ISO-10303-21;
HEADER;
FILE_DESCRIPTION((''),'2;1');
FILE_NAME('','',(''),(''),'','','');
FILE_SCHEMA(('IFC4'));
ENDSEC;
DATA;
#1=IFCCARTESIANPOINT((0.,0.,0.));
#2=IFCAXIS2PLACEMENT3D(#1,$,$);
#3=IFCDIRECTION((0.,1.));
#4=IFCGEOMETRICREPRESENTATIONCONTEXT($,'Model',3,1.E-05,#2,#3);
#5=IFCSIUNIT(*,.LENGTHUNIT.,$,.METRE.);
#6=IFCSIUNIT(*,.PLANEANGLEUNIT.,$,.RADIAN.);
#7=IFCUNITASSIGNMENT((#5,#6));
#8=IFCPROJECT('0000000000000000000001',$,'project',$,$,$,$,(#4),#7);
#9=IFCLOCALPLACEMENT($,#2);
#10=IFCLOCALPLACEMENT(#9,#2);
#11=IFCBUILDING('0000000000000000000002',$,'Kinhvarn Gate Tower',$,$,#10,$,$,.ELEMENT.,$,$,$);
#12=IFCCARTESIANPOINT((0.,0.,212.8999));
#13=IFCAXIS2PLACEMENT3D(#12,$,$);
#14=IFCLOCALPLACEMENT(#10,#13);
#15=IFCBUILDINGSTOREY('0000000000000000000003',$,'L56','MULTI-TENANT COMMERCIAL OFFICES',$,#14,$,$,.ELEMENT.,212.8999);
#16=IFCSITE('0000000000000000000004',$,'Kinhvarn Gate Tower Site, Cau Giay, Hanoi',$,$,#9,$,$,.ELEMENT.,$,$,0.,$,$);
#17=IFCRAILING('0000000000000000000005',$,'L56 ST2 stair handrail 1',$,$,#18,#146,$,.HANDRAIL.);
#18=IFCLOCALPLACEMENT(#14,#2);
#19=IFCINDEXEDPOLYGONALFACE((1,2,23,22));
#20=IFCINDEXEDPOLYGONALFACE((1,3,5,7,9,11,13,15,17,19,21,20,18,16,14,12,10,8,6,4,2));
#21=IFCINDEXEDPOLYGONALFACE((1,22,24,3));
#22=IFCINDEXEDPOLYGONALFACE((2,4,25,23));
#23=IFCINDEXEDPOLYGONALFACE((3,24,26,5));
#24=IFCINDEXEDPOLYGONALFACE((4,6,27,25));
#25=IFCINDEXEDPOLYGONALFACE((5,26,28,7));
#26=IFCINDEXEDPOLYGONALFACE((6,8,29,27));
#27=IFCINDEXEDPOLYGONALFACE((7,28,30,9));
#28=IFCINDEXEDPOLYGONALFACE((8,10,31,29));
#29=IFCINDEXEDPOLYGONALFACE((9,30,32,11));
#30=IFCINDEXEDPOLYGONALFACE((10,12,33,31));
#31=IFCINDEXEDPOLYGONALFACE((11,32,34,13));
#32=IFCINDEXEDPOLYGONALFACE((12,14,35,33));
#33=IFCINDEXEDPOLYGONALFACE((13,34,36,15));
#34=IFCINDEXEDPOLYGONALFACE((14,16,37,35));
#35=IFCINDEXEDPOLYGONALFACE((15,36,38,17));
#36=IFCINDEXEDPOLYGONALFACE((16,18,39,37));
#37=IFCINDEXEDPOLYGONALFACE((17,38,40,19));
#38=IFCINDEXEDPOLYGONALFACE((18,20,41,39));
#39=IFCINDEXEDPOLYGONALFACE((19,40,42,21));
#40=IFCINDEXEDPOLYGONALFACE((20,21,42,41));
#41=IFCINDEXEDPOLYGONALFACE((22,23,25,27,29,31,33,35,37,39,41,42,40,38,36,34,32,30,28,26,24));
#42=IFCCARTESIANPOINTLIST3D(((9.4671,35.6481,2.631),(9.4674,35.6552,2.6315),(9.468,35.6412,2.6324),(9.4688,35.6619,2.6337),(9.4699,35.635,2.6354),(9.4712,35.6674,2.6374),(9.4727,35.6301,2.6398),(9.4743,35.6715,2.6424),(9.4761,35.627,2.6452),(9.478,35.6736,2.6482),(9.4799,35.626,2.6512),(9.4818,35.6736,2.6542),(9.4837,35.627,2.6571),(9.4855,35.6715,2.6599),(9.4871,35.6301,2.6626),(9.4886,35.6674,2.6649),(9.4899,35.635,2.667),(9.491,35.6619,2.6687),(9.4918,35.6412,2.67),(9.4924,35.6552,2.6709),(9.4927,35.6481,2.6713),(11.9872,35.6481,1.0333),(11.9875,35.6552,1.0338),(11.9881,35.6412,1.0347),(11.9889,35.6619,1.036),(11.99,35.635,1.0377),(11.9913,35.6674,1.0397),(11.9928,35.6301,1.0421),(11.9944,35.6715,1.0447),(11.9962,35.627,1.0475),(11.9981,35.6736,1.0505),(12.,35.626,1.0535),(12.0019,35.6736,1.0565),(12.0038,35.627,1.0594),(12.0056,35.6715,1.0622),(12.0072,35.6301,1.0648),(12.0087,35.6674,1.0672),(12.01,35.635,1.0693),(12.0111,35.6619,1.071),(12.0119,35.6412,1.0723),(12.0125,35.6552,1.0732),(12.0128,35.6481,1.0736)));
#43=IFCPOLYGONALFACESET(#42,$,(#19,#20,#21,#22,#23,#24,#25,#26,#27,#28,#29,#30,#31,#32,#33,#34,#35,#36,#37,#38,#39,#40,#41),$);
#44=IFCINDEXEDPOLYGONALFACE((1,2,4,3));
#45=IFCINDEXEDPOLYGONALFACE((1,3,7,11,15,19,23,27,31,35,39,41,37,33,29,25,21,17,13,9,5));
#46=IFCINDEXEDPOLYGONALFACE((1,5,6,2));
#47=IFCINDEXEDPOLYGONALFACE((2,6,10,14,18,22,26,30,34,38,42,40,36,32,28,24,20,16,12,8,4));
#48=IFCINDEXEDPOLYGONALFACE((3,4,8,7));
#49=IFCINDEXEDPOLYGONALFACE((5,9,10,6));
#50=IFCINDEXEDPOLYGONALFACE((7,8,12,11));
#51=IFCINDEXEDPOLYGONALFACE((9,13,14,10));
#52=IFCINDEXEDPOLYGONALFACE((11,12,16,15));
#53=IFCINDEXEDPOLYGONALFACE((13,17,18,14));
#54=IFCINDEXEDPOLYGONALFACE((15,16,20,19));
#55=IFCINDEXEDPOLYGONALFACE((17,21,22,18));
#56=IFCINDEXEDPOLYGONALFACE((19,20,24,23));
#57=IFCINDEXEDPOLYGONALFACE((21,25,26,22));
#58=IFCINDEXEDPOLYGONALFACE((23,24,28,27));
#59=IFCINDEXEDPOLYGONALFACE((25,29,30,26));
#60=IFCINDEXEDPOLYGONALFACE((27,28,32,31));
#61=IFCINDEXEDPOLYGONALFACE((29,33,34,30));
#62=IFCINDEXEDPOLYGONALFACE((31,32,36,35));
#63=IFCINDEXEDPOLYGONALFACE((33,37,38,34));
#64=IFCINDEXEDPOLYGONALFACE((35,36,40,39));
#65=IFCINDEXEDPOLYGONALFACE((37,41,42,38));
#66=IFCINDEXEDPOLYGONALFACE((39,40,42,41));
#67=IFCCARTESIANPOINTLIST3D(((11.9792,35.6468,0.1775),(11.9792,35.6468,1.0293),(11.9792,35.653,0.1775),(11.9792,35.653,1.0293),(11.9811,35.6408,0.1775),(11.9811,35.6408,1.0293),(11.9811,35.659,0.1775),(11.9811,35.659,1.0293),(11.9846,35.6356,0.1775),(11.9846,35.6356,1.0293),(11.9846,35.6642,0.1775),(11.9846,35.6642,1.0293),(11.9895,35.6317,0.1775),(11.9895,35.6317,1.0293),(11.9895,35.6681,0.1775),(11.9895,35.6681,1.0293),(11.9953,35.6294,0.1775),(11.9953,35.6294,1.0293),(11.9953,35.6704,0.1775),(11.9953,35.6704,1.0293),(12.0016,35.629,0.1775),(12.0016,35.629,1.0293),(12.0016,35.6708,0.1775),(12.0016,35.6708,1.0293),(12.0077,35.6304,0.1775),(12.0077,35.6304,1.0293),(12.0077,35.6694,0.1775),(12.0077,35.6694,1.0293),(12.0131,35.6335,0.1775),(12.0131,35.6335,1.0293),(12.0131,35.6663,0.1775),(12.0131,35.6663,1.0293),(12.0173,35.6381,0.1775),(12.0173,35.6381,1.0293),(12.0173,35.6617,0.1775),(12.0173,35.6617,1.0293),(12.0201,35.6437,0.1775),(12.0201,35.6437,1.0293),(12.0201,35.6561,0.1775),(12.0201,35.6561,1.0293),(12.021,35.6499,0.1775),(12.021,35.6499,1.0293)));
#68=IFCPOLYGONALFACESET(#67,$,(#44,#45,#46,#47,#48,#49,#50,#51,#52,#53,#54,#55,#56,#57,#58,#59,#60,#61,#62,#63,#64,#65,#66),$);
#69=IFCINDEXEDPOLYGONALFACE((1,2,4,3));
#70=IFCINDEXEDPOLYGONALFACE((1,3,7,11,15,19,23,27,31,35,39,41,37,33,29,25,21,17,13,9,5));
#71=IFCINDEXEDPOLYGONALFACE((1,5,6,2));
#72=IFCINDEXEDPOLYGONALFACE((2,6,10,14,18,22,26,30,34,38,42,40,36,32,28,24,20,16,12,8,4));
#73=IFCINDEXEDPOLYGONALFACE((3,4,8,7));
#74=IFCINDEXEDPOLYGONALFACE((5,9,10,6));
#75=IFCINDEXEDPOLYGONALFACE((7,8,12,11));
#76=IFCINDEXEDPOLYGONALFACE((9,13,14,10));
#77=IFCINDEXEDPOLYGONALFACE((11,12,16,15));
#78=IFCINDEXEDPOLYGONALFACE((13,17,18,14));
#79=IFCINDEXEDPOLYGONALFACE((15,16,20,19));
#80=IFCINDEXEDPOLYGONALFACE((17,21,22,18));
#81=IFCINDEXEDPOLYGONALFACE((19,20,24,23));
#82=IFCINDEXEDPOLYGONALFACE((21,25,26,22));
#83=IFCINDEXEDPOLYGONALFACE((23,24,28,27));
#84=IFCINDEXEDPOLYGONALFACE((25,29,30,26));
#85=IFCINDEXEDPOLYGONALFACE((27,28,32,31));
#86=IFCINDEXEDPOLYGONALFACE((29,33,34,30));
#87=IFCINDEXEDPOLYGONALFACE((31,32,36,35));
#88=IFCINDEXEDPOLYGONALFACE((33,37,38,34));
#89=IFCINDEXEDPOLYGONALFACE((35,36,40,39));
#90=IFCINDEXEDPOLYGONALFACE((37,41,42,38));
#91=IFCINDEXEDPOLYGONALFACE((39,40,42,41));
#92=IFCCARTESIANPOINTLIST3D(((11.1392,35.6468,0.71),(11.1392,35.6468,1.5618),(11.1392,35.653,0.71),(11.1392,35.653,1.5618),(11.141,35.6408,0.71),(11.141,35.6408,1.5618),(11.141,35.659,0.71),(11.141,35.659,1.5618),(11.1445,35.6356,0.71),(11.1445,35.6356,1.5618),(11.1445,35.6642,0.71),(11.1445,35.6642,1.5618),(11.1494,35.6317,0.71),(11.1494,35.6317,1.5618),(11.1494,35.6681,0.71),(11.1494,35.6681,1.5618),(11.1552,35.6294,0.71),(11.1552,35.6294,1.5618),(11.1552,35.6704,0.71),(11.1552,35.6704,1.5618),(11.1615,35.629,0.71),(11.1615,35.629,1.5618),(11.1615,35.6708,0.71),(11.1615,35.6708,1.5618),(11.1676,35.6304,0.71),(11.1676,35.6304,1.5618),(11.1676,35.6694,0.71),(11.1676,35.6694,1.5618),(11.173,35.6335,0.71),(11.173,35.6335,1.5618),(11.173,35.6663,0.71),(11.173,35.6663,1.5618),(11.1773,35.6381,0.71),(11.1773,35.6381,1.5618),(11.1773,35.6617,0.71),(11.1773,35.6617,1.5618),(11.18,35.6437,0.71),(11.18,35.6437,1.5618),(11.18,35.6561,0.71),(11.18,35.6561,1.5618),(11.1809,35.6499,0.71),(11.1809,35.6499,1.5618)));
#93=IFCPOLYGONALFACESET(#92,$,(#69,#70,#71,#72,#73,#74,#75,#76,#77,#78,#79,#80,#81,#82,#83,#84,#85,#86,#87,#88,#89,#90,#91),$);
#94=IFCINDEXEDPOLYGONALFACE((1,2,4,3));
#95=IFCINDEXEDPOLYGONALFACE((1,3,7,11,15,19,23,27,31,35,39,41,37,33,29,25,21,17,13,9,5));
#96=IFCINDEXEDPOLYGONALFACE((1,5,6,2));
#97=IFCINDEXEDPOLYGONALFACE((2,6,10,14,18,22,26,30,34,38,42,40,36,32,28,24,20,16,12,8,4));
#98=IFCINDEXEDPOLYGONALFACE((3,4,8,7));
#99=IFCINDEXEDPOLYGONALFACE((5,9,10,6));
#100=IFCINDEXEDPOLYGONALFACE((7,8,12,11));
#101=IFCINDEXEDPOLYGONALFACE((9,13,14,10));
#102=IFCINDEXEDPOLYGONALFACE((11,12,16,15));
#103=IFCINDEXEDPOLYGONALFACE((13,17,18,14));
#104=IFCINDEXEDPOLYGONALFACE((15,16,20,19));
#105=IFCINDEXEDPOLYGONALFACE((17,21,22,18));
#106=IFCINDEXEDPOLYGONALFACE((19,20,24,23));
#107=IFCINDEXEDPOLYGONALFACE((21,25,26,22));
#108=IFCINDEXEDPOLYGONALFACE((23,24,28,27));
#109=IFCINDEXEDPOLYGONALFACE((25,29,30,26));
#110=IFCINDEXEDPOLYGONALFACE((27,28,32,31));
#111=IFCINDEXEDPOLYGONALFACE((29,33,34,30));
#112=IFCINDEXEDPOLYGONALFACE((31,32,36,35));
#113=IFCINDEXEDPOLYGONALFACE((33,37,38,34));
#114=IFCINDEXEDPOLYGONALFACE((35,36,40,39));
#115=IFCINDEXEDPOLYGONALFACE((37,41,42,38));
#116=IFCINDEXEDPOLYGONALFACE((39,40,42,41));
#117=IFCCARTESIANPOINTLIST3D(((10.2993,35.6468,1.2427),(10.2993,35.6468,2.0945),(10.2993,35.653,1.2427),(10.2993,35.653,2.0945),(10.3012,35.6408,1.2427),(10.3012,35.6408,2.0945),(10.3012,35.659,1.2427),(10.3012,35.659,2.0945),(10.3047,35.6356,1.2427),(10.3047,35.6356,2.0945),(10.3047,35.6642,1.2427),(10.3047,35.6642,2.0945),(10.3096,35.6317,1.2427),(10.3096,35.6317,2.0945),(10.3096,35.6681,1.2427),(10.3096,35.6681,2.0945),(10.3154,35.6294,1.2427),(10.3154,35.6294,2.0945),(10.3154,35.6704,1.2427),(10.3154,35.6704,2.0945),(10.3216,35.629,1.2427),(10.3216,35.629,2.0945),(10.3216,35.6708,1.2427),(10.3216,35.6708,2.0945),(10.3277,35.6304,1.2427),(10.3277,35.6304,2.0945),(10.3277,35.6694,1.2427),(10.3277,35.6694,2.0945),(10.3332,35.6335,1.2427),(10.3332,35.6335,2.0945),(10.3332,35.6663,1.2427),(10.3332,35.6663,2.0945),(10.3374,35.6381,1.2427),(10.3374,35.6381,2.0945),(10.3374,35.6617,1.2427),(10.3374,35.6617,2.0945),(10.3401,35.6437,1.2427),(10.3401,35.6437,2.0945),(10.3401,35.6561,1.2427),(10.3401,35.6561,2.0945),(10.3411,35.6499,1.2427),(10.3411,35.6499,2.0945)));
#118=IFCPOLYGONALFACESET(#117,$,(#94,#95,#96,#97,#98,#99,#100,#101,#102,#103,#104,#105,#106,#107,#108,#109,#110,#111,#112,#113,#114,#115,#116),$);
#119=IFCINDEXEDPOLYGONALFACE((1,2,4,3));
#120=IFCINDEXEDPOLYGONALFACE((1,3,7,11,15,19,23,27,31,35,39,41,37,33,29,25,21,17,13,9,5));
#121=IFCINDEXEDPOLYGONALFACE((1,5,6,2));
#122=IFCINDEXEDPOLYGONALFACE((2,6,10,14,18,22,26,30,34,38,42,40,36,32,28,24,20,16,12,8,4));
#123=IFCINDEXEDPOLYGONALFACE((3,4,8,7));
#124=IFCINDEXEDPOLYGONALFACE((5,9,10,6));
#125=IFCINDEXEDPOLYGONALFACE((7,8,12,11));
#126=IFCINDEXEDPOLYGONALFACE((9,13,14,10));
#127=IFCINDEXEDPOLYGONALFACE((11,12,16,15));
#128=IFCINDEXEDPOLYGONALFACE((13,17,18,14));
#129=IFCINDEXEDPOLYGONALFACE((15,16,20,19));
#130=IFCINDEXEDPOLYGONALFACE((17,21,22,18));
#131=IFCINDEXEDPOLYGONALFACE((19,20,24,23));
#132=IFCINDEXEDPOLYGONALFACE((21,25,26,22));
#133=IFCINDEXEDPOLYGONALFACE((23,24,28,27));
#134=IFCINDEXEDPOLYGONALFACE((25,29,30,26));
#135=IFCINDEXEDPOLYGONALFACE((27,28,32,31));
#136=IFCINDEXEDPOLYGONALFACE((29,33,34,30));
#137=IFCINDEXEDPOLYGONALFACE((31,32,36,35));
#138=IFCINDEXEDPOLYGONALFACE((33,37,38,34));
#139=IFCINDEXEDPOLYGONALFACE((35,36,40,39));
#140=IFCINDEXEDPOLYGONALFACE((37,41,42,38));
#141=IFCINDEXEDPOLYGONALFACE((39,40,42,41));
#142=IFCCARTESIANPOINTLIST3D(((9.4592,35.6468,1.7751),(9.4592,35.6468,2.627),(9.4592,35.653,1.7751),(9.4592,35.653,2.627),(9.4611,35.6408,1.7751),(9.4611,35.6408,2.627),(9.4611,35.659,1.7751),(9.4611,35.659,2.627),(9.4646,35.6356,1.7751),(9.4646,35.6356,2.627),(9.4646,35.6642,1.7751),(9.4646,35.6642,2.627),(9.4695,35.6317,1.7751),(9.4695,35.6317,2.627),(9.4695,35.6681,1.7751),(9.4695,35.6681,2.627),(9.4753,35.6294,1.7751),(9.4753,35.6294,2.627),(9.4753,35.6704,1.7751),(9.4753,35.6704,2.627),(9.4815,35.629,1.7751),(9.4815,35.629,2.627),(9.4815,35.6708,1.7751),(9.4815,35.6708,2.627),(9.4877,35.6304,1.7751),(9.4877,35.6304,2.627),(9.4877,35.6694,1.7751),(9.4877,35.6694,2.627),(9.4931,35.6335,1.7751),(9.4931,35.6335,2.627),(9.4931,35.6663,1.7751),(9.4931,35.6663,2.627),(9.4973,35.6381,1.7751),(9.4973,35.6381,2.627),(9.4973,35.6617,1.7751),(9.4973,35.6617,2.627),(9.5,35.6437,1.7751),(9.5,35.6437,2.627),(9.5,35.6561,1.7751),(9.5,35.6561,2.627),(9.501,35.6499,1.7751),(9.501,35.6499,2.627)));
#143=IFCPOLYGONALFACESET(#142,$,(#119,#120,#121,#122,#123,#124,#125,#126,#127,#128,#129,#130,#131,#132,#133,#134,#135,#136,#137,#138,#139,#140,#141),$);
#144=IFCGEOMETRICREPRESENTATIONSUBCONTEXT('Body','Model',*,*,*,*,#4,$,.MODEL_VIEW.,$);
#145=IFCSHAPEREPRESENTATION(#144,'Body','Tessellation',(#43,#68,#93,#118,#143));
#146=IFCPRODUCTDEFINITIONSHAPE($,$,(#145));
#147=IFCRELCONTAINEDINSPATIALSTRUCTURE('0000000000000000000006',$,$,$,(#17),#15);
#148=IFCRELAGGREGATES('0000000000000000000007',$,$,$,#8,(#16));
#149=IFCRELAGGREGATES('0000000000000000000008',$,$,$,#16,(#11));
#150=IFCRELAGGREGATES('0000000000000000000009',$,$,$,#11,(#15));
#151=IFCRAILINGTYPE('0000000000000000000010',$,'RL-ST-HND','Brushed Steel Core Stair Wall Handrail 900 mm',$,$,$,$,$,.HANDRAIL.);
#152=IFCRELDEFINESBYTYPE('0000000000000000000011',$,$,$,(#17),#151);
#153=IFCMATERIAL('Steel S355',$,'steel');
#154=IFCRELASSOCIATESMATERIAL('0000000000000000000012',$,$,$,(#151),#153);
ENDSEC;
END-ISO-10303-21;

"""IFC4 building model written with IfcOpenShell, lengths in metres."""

from ifc_helpers import new_model, si_unit, direction, frame, origin, origin_2d, place, context, subcontext, project, spatial, circle, extrude, material, type_object, element, save


model = new_model("IFC4")

# Units and contexts
model_context = context("Model", 3, precision=1e-05, world=origin(), true_north=direction((0.0, 1.0)))
body_context = subcontext(model_context, "Body", "Model", "MODEL_VIEW")
ifc_project = project(units=[si_unit("LENGTHUNIT", "METRE"), si_unit("PLANEANGLEUNIT", "RADIAN")], contexts=[model_context])

# Site, building, storey
site_placement = place(None, origin())
site = spatial("IfcSite", under=ifc_project, at=site_placement, Name="Kinhvarn Gate Tower Site, Cau Giay, Hanoi", CompositionType="ELEMENT", RefElevation=0.0)
building_placement = place(site_placement, origin())
building = spatial("IfcBuilding", under=site, at=building_placement, Name="Kinhvarn Gate Tower", CompositionType="ELEMENT")
storey_placement = place(building_placement, frame((0.0, 0.0, 212.8999)))
storey = spatial("IfcBuildingStorey", under=building, at=storey_placement, Name="L56", Description="MULTI-TENANT COMMERCIAL OFFICES", CompositionType="ELEMENT", Elevation=212.8999)

# Shared definitions
ifc_material_1 = material(Name="Steel S355", Category="steel")

# Railing
railing_type_1 = type_object("IfcRailingType", Name="RL-ST-HND", Description="Brushed Steel Core Stair Wall Handrail 900 mm", PredefinedType="HANDRAIL", material=ifc_material_1)
railing_1_placement = place(storey_placement, frame((12.0, 35.6499, 0.1775)))
element("IfcRailing", 1, at=railing_1_placement, inside=storey, type_object=railing_type_1, Name="L56 ST2 stair handrail 1", PredefinedType="HANDRAIL", context=body_context, shape_type="SweptSolid", body=[
    extrude(circle(Radius=0.0239, at=origin_2d()), frame((0.0, 0.0, 0.876), z_axis=(-0.84457, 0.0, 0.535445), x_axis=(0.0, -1.0, 0.0)), (0.0, 0.0, 1.0), 2.9839),
    extrude(circle(Radius=0.021, at=origin_2d()), origin(), (0.0, 0.0, 1.0), 0.8518),
    extrude(circle(Radius=0.021, at=origin_2d()), frame((-0.8401, 0.0, 0.5325)), (0.0, 0.0, 1.0), 0.8518),
    extrude(circle(Radius=0.021, at=origin_2d()), frame((-1.6799, 0.0, 1.0652)), (0.0, 0.0, 1.0), 0.8518),
    extrude(circle(Radius=0.021, at=origin_2d()), frame((-2.52, 0.0, 1.5977)), (0.0, 0.0, 1.0), 0.8518),
])

save(model, "model.ifc")
